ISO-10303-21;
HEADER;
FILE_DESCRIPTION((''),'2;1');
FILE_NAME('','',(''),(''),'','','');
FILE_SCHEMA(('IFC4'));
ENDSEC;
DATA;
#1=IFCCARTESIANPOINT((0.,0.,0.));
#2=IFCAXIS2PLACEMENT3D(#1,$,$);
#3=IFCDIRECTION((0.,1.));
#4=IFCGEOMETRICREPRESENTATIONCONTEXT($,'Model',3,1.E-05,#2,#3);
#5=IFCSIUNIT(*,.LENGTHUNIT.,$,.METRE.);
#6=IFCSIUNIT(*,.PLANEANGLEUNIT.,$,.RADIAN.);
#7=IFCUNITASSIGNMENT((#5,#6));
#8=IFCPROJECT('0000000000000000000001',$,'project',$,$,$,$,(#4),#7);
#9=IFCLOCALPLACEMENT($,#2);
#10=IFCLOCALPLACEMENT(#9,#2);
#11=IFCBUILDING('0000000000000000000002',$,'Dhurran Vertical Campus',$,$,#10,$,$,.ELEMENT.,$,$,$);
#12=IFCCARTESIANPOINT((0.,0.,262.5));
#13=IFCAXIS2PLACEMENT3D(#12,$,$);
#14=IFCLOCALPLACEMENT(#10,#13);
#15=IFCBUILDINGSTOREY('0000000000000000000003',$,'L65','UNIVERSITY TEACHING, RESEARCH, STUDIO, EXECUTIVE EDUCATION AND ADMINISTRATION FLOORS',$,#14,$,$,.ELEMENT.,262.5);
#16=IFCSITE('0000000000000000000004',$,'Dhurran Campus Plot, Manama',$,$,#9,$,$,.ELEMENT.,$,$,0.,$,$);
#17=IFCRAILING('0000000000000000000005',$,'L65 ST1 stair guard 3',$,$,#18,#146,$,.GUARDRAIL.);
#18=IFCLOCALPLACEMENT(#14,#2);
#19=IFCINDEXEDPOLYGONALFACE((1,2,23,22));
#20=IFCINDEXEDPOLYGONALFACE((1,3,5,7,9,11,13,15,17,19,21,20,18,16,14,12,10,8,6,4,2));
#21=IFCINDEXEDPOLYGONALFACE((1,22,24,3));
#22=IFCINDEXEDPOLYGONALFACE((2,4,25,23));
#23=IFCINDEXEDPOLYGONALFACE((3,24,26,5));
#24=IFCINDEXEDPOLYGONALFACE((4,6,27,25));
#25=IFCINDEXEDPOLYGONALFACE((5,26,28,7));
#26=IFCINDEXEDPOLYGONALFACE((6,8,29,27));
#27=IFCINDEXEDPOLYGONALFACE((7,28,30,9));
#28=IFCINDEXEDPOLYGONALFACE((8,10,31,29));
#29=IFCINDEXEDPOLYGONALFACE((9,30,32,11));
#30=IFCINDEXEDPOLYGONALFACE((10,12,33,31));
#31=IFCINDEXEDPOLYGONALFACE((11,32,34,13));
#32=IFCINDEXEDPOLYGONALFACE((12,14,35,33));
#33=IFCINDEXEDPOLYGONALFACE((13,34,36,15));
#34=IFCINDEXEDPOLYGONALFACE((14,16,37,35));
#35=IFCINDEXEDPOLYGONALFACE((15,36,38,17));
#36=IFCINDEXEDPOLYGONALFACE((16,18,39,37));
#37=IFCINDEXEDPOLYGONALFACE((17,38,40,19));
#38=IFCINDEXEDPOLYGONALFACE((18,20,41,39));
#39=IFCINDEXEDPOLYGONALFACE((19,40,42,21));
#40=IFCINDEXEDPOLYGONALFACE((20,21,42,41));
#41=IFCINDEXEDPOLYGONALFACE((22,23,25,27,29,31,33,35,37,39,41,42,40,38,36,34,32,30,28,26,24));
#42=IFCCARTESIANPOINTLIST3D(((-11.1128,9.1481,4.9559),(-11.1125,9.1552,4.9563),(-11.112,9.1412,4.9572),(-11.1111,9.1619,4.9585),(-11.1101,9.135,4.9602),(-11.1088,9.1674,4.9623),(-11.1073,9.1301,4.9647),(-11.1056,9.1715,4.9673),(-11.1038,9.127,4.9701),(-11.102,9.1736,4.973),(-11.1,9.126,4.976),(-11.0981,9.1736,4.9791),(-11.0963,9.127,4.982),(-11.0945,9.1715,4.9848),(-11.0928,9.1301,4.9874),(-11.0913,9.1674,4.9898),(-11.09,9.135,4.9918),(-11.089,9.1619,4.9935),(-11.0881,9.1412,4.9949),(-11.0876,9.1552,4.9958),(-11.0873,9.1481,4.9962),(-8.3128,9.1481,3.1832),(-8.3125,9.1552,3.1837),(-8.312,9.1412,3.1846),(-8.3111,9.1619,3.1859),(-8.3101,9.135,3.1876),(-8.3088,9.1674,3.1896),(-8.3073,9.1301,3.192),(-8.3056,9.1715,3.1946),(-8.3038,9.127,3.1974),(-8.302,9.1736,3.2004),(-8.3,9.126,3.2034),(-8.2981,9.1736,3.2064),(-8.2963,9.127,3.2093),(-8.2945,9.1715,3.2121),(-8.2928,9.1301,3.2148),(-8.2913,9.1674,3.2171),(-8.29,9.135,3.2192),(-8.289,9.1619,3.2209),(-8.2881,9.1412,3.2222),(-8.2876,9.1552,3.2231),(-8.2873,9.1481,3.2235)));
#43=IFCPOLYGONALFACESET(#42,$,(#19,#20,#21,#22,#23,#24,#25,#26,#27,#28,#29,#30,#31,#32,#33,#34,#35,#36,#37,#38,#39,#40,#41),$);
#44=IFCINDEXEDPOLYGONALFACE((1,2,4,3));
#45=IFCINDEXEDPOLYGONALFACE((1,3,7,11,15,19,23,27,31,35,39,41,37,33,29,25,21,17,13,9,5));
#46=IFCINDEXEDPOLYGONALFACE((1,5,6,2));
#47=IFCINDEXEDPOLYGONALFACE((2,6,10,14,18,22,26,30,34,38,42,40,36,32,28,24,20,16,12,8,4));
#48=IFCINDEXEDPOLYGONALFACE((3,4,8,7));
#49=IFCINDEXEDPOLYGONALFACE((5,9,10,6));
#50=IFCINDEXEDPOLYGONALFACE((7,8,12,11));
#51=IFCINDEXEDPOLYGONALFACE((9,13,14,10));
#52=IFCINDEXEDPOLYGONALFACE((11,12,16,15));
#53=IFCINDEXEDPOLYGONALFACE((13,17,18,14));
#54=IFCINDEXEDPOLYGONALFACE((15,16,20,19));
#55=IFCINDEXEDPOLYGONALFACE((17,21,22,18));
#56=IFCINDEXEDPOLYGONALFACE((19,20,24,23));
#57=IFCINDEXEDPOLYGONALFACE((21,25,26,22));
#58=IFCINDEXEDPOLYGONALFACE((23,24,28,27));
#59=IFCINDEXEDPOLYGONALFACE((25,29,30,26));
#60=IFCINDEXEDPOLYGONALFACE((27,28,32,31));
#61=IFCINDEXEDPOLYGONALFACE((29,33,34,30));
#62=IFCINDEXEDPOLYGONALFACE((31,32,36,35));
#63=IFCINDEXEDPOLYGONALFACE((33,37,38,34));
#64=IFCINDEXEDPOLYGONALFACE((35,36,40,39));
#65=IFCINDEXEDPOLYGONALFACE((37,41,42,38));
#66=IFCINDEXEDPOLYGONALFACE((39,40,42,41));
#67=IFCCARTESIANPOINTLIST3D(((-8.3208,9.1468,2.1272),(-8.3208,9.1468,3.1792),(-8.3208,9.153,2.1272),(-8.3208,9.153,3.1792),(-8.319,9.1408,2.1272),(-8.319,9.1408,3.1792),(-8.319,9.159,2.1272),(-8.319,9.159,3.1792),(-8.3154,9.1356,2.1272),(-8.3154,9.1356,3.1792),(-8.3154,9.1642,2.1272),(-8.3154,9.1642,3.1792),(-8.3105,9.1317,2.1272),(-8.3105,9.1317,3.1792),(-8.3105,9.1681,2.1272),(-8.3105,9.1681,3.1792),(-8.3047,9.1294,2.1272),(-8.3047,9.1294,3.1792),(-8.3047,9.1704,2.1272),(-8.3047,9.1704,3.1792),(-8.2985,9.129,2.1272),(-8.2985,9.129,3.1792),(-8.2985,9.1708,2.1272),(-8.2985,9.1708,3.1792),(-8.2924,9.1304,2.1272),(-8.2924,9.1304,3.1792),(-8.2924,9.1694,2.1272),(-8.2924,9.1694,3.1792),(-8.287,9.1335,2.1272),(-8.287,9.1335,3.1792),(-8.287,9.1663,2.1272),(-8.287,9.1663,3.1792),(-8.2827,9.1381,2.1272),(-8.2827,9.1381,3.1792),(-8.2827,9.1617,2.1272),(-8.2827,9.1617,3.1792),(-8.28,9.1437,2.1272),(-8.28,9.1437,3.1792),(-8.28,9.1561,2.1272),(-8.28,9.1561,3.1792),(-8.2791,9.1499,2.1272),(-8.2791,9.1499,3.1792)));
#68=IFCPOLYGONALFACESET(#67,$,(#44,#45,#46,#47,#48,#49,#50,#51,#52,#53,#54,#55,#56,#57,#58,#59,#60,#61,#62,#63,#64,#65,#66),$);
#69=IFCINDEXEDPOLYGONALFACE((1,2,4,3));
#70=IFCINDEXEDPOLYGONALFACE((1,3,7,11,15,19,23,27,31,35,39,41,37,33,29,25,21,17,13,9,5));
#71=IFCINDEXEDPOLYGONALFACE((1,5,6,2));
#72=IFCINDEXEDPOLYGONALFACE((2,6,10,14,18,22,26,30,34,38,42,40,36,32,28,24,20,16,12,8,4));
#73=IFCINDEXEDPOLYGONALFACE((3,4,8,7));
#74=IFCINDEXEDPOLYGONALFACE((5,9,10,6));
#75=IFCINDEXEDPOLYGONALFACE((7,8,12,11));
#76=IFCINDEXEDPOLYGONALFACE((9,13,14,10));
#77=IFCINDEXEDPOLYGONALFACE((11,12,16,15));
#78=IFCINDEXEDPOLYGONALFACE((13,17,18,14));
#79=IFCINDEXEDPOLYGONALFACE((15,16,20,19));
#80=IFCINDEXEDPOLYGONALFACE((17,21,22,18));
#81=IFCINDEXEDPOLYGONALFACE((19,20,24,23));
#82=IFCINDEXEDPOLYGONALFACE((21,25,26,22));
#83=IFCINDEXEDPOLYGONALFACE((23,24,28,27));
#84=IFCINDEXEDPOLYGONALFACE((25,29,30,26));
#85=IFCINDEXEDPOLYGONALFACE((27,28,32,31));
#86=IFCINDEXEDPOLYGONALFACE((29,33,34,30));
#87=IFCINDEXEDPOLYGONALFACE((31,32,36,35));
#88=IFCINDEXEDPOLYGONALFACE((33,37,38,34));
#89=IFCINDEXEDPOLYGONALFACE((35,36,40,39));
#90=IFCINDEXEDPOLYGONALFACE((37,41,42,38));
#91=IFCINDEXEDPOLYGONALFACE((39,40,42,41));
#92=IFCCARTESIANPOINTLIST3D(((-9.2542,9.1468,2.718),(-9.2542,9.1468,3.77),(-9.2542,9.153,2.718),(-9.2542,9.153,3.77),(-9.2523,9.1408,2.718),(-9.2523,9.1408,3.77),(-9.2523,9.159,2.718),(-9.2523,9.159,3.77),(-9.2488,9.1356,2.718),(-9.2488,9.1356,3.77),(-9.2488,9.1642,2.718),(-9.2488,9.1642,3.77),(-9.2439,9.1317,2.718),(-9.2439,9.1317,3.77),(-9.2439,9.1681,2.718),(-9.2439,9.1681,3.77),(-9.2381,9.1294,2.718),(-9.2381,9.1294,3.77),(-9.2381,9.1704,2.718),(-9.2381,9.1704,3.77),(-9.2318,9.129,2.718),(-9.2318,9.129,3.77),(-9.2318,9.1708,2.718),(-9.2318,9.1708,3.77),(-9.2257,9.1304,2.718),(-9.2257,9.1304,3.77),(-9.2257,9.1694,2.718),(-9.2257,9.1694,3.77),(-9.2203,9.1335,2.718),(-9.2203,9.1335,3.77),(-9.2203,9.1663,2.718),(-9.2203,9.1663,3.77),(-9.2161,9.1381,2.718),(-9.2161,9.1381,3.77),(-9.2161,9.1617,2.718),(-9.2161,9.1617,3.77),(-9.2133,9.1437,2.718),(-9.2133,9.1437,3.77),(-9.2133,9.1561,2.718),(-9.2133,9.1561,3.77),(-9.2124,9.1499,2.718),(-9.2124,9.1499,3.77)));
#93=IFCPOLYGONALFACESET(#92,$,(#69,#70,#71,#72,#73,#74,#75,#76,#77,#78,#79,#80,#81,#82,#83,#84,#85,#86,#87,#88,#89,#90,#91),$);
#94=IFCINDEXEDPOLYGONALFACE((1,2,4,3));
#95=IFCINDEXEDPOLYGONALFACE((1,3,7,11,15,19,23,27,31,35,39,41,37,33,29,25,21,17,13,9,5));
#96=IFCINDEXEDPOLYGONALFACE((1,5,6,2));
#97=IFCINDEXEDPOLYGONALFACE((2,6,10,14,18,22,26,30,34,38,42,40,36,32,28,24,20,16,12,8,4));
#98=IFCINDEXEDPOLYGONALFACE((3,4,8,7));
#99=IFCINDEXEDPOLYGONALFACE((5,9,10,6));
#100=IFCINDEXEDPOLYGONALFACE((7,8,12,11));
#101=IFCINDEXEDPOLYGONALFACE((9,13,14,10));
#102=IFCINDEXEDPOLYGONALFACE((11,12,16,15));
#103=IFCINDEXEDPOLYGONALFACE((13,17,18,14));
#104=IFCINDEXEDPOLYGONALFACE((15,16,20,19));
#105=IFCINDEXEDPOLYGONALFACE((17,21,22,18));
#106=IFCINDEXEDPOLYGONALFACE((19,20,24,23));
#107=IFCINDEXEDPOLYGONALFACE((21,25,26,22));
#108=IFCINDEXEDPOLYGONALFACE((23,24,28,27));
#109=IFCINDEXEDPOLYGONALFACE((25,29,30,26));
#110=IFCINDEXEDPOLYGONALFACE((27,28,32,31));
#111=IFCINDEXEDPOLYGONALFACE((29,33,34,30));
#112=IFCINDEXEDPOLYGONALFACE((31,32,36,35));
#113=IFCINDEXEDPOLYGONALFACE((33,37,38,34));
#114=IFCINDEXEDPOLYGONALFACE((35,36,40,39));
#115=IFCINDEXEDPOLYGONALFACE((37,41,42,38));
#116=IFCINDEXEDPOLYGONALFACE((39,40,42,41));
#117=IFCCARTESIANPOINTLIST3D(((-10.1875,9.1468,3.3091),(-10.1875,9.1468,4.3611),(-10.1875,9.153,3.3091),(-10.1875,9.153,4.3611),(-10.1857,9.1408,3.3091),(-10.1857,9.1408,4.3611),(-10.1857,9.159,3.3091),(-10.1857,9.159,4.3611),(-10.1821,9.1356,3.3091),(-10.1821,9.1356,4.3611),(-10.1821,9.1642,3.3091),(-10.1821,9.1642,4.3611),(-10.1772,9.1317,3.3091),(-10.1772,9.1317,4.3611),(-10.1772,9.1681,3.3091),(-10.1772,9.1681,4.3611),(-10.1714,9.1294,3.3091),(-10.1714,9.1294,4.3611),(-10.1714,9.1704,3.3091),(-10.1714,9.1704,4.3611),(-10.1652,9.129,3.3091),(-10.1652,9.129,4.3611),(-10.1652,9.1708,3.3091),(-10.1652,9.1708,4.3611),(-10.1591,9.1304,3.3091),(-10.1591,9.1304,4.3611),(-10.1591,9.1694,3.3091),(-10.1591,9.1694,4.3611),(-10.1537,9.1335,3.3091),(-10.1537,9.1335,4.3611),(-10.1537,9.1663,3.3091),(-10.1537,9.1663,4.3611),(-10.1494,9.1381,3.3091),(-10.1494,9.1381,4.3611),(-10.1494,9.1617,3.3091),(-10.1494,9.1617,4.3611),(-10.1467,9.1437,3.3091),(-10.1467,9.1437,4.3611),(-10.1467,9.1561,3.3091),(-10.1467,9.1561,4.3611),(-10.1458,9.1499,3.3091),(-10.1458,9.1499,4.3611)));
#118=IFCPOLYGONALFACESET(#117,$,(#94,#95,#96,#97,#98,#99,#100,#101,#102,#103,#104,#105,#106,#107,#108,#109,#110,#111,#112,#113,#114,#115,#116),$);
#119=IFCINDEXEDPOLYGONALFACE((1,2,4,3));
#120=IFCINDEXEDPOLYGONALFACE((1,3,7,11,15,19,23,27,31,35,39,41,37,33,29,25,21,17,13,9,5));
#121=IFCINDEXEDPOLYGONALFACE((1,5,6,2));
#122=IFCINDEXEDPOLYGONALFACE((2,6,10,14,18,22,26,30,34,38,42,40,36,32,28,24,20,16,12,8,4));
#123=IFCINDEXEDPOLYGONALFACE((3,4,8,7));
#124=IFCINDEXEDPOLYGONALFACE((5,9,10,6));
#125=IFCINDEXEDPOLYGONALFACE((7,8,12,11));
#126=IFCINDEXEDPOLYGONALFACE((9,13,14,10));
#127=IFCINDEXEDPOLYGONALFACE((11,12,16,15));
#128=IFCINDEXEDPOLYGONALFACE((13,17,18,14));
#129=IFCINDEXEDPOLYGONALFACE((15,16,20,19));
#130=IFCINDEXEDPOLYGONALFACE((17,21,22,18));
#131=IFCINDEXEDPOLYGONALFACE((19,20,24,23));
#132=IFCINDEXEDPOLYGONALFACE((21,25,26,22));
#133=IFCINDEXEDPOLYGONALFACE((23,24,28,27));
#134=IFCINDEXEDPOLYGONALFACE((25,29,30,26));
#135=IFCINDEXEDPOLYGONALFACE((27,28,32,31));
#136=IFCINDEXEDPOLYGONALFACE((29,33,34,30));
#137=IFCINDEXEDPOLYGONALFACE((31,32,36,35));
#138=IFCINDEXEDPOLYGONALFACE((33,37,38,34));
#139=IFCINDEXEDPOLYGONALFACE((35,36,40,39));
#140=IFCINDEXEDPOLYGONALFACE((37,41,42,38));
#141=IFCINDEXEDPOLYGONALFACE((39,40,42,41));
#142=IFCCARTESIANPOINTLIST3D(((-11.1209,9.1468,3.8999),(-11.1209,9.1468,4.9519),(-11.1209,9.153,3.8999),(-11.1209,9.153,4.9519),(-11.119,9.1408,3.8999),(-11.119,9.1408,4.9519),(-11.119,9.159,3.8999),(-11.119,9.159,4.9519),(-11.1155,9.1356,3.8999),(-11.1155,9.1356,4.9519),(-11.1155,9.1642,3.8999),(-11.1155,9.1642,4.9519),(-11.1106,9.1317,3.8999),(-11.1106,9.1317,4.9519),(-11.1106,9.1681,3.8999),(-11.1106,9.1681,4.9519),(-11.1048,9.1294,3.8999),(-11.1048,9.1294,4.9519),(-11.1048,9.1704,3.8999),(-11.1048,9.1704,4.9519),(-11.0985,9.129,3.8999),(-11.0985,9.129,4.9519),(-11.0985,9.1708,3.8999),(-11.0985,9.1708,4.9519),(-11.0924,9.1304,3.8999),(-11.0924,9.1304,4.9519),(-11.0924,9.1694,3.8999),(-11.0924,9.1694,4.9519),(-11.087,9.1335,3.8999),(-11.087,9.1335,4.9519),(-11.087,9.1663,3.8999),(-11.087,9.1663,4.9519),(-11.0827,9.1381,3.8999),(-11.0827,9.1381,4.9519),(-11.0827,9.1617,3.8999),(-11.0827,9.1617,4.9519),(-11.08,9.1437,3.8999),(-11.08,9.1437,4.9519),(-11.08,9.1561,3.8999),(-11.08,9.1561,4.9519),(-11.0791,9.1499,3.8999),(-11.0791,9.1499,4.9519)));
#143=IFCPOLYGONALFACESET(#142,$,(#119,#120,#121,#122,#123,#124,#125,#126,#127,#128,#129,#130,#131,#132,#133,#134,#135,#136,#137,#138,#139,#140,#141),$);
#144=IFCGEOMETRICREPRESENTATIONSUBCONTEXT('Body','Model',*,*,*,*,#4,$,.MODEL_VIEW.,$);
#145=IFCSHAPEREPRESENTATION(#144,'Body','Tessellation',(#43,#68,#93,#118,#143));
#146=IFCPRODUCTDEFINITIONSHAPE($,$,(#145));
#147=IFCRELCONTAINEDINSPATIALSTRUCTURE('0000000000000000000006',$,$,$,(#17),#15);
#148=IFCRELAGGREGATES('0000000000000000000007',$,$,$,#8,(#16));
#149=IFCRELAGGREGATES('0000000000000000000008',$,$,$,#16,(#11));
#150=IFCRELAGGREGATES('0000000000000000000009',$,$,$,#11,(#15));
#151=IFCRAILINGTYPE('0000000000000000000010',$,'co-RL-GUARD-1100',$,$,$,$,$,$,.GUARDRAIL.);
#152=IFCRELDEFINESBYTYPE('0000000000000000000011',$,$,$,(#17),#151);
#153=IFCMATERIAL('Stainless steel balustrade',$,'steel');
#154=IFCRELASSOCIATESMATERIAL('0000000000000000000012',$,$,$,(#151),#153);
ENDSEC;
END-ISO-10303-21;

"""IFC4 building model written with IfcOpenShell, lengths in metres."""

from ifc_helpers import new_model, si_unit, direction, frame, origin, origin_2d, place, context, subcontext, project, spatial, circle, extrude, material, type_object, element, save


model = new_model("IFC4")

# Units and contexts
model_context = context("Model", 3, precision=1e-05, world=origin(), true_north=direction((0.0, 1.0)))
body_context = subcontext(model_context, "Body", "Model", "MODEL_VIEW")
ifc_project = project(units=[si_unit("LENGTHUNIT", "METRE"), si_unit("PLANEANGLEUNIT", "RADIAN")], contexts=[model_context])

# Site, building, storey
site_placement = place(None, origin())
site = spatial("IfcSite", under=ifc_project, at=site_placement, Name="Dhurran Campus Plot, Manama", CompositionType="ELEMENT", RefElevation=0.0)
building_placement = place(site_placement, origin())
building = spatial("IfcBuilding", under=site, at=building_placement, Name="Dhurran Vertical Campus", CompositionType="ELEMENT")
storey_placement = place(building_placement, frame((0.0, 0.0, 262.5)))
storey = spatial("IfcBuildingStorey", under=building, at=storey_placement, Name="L65", Description="UNIVERSITY TEACHING, RESEARCH, STUDIO, EXECUTIVE EDUCATION AND ADMINISTRATION FLOORS", CompositionType="ELEMENT", Elevation=262.5)

# Railing
ifc_material_1 = material(Name="Stainless steel balustrade", Category="steel")
railing_type_1 = type_object("IfcRailingType", Name="co-RL-GUARD-1100", PredefinedType="GUARDRAIL", material=ifc_material_1)
railing_1_placement = place(storey_placement, frame((-8.3, 9.1499, 2.1272)))
element("IfcRailing", 1, at=railing_1_placement, inside=storey, type_object=railing_type_1, Name="L65 ST1 stair guard 3", PredefinedType="GUARDRAIL", context=body_context, shape_type="SweptSolid", body=[
    extrude(circle(Radius=0.0239, at=origin_2d()), frame((0.0, 0.0, 1.0762), z_axis=(-0.844909, 0.0, 0.53491), x_axis=(0.0, -1.0, 0.0)), (0.0, 0.0, 1.0), 3.314),
    extrude(circle(Radius=0.021, at=origin_2d()), origin(), (0.0, 0.0, 1.0), 1.052),
    extrude(circle(Radius=0.021, at=origin_2d()), frame((-0.9333, 0.0, 0.5908)), (0.0, 0.0, 1.0), 1.052),
    extrude(circle(Radius=0.021, at=origin_2d()), frame((-1.8667, 0.0, 1.1819)), (0.0, 0.0, 1.0), 1.052),
    extrude(circle(Radius=0.021, at=origin_2d()), frame((-2.8, 0.0, 1.7727)), (0.0, 0.0, 1.0), 1.052),
])

save(model, "model.ifc")
